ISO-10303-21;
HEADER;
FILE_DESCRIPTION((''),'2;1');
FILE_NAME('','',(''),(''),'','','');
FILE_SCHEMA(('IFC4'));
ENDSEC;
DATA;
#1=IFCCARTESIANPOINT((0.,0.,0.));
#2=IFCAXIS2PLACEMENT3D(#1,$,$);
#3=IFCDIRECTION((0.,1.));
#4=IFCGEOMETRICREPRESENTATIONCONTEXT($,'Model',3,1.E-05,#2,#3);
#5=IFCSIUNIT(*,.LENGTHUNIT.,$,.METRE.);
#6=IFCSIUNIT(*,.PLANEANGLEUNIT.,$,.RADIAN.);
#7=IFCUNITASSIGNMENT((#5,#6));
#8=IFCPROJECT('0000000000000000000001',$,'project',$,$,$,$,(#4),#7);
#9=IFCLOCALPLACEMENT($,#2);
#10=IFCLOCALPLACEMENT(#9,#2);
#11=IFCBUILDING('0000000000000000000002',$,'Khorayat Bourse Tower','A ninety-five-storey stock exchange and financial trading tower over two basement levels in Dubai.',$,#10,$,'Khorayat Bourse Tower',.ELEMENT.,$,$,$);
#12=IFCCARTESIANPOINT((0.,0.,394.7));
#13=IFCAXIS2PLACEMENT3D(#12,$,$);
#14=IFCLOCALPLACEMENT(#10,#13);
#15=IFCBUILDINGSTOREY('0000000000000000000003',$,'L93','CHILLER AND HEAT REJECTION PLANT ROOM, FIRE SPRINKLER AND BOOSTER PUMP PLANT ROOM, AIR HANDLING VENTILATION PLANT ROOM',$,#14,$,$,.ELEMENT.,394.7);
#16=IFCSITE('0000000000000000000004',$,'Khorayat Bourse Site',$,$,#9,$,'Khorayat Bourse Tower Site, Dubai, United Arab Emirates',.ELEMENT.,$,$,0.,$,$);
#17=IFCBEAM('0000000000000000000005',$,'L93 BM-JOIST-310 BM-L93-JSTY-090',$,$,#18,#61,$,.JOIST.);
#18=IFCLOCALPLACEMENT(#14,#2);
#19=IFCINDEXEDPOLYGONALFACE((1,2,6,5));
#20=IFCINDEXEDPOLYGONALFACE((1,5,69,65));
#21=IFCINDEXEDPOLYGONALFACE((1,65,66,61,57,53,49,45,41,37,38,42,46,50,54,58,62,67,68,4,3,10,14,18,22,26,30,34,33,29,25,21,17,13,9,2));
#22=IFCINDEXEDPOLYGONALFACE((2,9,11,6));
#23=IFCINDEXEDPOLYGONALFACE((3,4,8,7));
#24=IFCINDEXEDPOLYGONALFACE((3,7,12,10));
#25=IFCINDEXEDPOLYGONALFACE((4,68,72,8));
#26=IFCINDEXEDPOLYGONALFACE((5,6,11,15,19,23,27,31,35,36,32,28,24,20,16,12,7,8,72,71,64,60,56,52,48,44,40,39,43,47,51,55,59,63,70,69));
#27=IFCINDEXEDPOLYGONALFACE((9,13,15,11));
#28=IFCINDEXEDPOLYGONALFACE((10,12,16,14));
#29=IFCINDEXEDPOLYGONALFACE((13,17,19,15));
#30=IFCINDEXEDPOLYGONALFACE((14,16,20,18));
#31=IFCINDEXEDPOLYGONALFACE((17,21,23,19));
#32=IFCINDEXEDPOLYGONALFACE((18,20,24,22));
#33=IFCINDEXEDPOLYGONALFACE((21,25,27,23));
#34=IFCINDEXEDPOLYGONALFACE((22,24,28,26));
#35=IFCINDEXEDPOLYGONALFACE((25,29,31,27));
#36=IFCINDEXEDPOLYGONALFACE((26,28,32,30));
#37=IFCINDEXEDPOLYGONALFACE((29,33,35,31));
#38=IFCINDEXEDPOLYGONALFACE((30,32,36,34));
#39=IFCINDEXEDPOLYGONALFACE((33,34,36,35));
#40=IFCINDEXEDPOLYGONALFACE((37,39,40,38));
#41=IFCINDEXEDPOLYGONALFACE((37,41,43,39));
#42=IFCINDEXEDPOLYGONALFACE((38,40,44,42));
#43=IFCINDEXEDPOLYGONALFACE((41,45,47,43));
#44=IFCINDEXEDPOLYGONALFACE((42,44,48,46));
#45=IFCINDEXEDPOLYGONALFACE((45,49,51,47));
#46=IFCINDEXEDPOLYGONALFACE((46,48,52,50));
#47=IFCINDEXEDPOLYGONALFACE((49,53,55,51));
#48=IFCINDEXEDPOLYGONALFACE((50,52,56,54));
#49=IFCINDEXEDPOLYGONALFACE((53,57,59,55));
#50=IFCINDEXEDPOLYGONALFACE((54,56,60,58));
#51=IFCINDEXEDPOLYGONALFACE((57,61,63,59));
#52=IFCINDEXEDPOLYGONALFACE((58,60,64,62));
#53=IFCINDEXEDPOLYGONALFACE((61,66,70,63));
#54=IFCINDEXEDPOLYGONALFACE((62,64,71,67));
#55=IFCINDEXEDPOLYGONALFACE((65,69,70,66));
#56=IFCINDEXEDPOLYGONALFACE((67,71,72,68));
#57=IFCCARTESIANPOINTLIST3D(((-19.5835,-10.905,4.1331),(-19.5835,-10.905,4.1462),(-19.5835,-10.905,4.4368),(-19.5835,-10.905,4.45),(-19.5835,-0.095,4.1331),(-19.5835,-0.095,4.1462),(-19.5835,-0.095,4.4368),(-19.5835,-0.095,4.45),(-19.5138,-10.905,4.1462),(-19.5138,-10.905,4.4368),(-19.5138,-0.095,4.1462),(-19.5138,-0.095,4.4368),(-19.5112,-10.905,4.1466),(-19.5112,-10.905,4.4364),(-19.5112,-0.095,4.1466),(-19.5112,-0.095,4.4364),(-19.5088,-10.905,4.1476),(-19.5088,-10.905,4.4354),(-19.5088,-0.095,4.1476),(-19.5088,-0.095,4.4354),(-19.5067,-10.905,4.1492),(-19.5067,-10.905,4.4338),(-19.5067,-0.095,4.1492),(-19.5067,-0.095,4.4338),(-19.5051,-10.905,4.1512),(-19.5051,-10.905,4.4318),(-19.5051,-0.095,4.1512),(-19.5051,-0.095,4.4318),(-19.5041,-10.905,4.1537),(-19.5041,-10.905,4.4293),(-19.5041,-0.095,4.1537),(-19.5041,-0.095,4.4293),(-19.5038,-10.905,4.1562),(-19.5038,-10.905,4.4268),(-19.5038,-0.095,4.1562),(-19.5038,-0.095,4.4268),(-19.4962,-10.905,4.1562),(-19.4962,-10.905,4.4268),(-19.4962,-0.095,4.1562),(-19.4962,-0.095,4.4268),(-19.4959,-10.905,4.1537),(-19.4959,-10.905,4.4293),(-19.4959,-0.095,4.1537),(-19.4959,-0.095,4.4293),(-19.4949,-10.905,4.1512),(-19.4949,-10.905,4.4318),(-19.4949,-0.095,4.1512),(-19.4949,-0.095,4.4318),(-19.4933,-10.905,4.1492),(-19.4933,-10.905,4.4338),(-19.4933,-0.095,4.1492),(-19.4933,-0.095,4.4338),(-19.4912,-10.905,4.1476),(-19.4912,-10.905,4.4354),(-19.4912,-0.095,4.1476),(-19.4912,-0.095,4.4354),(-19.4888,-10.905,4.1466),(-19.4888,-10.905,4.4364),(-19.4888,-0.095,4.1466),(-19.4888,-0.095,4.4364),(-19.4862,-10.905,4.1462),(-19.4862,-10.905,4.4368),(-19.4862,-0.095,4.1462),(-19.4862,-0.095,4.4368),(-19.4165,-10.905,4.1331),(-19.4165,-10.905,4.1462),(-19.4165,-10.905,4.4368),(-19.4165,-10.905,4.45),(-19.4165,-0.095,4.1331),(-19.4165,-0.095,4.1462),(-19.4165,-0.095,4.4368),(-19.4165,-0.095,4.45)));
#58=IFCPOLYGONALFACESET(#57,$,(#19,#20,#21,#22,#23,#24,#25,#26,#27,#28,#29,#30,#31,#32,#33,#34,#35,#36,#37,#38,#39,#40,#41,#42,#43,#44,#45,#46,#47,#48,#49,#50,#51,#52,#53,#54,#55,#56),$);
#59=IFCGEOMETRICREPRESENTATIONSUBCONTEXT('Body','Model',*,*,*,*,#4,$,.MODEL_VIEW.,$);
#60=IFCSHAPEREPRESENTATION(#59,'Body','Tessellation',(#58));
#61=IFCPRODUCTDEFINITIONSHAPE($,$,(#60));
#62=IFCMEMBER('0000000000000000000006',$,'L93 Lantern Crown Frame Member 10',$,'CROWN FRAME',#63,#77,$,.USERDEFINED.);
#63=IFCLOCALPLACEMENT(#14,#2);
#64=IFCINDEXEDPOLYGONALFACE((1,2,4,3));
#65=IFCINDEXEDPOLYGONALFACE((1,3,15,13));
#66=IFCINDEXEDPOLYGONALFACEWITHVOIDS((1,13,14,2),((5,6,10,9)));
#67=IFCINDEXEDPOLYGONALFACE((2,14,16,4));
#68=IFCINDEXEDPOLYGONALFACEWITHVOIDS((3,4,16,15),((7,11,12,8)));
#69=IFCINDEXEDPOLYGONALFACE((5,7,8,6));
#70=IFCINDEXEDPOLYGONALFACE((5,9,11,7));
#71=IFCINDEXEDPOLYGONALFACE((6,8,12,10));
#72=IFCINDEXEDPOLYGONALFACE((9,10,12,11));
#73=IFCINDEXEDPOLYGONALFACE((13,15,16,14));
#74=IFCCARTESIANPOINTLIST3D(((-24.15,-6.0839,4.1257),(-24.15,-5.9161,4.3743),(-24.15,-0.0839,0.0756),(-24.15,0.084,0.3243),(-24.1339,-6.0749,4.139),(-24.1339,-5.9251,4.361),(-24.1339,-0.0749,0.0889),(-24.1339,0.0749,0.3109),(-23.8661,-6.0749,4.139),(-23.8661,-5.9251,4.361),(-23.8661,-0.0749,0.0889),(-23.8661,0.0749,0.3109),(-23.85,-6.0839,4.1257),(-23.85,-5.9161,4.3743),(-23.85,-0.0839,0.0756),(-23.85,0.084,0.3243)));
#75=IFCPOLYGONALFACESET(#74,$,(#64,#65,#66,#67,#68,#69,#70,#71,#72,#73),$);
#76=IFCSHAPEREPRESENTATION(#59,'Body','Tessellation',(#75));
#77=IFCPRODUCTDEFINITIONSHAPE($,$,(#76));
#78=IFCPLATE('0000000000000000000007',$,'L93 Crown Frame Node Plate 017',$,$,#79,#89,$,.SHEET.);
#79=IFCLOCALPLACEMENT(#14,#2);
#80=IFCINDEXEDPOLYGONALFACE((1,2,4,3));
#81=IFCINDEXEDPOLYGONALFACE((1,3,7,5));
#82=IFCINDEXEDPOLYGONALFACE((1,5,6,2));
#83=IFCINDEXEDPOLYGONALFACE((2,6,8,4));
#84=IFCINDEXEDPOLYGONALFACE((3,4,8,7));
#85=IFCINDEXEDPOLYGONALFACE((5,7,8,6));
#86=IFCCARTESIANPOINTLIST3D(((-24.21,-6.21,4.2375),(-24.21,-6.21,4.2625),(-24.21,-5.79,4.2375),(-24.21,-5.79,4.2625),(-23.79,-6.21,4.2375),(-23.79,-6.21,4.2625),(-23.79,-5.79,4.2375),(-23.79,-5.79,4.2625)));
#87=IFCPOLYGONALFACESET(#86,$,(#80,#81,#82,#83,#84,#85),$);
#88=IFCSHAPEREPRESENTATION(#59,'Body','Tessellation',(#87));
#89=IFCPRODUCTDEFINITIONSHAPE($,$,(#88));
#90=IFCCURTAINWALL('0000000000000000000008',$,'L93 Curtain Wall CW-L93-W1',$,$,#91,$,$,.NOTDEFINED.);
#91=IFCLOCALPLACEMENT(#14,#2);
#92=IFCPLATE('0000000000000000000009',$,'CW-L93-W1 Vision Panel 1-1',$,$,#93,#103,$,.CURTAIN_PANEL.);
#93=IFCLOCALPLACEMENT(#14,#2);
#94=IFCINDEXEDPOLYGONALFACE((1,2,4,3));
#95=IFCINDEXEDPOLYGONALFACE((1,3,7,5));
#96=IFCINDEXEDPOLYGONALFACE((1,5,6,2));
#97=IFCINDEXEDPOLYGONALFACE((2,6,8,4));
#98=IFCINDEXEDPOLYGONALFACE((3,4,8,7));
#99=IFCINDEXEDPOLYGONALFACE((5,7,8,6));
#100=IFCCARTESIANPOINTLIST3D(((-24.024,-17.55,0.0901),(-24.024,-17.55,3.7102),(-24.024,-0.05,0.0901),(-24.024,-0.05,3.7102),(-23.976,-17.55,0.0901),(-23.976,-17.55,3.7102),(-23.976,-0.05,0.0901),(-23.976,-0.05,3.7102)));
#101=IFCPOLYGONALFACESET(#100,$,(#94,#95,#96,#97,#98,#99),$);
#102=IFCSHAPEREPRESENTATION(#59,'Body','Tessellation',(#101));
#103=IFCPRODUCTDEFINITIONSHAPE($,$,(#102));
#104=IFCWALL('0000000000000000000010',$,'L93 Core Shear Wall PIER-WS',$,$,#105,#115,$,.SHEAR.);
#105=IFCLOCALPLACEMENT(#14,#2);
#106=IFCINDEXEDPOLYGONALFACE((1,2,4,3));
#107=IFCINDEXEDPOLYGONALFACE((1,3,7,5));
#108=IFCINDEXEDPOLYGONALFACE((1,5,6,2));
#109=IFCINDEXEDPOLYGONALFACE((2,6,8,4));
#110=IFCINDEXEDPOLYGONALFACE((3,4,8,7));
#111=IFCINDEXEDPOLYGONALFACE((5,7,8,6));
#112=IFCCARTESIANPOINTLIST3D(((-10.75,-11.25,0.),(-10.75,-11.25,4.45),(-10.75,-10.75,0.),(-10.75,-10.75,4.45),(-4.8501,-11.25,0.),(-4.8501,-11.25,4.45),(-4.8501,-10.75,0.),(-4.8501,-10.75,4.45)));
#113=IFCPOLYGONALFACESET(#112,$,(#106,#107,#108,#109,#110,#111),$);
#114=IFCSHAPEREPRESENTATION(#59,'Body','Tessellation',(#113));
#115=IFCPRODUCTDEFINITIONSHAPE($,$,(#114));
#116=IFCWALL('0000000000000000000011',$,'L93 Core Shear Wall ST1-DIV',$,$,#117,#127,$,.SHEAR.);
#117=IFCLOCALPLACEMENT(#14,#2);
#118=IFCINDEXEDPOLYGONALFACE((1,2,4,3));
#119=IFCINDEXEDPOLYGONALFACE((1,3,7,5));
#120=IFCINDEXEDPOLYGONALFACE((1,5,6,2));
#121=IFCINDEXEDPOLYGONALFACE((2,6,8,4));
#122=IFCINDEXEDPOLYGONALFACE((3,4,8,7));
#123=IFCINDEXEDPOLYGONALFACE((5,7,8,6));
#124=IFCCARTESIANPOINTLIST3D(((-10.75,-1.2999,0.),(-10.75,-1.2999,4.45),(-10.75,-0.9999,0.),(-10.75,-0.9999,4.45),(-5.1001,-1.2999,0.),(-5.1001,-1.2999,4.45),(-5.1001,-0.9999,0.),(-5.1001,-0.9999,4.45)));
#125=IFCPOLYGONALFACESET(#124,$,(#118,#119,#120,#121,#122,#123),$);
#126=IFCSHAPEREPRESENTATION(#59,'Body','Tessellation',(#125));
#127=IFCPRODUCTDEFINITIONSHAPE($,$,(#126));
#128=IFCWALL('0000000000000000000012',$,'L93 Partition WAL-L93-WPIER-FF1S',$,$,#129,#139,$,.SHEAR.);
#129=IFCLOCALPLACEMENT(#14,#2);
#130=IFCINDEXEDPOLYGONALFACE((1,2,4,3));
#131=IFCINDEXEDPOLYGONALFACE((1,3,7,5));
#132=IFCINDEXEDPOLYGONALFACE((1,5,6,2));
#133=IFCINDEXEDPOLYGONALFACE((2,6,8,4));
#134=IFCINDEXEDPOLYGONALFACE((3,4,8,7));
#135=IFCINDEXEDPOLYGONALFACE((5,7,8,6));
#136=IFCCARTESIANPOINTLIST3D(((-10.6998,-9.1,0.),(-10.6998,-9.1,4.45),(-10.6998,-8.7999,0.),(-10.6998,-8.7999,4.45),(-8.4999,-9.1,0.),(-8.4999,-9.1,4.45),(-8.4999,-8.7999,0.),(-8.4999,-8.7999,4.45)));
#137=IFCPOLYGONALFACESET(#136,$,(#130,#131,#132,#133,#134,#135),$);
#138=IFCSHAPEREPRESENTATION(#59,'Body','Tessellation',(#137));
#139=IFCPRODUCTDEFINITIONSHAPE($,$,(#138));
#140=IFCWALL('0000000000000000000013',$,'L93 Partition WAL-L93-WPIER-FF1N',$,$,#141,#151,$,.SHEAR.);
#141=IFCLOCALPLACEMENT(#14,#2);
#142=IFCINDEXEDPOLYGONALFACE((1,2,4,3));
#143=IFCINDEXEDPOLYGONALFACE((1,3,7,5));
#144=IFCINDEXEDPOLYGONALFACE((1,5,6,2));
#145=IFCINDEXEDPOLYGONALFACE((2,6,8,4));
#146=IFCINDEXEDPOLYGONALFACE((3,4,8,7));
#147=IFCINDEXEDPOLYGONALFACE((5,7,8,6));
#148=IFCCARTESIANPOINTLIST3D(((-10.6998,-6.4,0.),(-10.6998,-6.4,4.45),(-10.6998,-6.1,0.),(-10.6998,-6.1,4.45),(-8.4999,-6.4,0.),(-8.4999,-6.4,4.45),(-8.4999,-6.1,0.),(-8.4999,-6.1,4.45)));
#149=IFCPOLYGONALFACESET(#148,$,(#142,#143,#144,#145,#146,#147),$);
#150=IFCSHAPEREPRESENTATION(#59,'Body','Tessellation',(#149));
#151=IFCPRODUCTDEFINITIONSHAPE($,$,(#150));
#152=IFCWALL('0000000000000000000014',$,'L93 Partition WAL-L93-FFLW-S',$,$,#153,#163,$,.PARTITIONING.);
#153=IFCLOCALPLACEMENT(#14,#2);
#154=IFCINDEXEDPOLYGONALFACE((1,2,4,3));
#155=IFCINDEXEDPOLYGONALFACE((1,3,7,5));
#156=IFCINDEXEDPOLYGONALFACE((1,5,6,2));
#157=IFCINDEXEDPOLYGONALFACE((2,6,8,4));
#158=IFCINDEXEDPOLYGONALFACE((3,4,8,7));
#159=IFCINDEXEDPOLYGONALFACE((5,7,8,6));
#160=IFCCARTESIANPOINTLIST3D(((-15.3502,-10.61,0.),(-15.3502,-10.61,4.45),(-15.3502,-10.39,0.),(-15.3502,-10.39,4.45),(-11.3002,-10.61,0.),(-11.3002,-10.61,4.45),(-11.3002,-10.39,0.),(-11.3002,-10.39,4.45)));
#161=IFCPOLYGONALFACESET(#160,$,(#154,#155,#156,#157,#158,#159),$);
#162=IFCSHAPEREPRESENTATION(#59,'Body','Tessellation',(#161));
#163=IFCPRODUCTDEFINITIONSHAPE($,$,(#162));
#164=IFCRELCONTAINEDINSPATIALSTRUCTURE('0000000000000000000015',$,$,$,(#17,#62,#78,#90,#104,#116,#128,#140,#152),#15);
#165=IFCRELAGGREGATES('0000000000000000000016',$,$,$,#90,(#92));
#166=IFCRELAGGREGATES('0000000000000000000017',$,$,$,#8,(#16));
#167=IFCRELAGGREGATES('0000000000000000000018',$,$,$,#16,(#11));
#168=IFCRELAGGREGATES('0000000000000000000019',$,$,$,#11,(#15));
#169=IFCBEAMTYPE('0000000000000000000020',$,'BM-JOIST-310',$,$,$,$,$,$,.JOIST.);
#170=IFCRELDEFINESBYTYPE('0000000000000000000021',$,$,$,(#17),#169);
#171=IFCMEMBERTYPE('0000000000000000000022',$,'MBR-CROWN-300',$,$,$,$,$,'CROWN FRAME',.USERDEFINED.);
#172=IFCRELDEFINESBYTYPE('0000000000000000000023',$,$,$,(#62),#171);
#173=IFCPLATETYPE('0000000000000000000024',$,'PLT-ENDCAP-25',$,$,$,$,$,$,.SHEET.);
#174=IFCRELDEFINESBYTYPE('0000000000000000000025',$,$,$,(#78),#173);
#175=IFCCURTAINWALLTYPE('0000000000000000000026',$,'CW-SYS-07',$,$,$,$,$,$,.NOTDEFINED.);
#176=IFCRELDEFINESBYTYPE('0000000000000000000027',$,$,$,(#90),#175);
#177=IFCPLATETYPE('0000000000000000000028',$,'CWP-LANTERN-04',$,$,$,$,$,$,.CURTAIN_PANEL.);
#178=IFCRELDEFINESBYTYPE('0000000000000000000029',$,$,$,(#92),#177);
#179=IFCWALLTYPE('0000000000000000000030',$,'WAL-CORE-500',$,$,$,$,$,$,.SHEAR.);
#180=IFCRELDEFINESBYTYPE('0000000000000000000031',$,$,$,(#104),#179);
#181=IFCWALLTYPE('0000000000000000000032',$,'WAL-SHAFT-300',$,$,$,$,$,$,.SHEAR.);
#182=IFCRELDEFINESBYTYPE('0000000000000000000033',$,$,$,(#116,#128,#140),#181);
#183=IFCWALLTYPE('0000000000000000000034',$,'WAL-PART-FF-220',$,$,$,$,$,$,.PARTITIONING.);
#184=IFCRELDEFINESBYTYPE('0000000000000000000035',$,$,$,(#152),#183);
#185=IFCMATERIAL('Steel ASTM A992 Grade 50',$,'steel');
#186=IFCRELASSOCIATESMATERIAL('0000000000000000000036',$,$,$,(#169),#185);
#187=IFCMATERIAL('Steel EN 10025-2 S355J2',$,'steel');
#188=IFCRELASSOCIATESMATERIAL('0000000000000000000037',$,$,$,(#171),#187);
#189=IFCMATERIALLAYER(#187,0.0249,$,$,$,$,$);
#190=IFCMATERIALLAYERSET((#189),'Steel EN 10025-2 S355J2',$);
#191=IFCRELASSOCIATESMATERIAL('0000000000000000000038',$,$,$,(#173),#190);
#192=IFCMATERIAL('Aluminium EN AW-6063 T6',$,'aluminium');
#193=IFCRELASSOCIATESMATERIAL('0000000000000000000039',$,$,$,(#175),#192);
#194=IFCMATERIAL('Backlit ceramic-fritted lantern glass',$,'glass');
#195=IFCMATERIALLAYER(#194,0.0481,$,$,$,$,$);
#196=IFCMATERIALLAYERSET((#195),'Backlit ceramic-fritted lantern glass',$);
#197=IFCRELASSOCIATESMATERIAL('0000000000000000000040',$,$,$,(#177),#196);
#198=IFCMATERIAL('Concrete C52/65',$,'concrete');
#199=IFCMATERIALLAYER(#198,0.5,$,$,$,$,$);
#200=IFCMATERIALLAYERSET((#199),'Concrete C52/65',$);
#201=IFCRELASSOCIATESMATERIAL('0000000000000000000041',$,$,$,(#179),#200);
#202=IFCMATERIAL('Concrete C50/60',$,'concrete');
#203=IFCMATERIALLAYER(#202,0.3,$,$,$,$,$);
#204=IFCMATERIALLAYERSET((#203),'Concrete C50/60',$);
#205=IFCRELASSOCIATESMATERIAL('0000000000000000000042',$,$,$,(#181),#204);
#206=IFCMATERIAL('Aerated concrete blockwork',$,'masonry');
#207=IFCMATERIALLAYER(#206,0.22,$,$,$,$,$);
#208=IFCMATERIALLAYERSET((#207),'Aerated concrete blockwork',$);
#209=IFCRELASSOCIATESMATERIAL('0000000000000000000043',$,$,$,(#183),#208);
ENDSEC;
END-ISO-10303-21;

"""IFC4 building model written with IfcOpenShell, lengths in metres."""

from ifc_helpers import new_model, si_unit, direction, frame, frame_2d, origin, origin_2d, place, context, subcontext, project, spatial, rectangle, hollow_rectangle, i_section, extrude, source, transform, mapped, material, layer, layer_set, material_profile, profile_set, type_object, element, aggregate, save


model = new_model("IFC4")

# Units and contexts
model_context = context("Model", 3, precision=1e-05, world=origin(), true_north=direction((0.0, 1.0)))
body_context = subcontext(model_context, "Body", "Model", "MODEL_VIEW")
ifc_project = project(units=[si_unit("LENGTHUNIT", "METRE"), si_unit("PLANEANGLEUNIT", "RADIAN")], contexts=[model_context])

# Site, building, storey
site_placement = place(None, origin())
site = spatial("IfcSite", under=ifc_project, at=site_placement, Name="Khorayat Bourse Site", LongName="Khorayat Bourse Tower Site, Dubai, United Arab Emirates", CompositionType="ELEMENT", RefElevation=0.0)
building_placement = place(site_placement, origin())
building = spatial("IfcBuilding", under=site, at=building_placement, Name="Khorayat Bourse Tower", Description="A ninety-five-storey stock exchange and financial trading tower over two basement levels in Dubai.", LongName="Khorayat Bourse Tower", CompositionType="ELEMENT")
storey_placement = place(building_placement, frame((0.0, 0.0, 394.7)))
storey = spatial("IfcBuildingStorey", under=building, at=storey_placement, Name="L93", Description="CHILLER AND HEAT REJECTION PLANT ROOM, FIRE SPRINKLER AND BOOSTER PUMP PLANT ROOM, AIR HANDLING VENTILATION PLANT ROOM", CompositionType="ELEMENT", Elevation=394.7)

# Shared definitions
ifc_material_1 = material(Name="Concrete C52/65", Category="concrete")
ifc_material_2 = material(Name="Steel EN 10025-2 S355J2", Category="steel")

# Beam
ifc_material_3 = material(Name="Steel ASTM A992 Grade 50", Category="steel")
ifc_material_profile_1 = material_profile(ifc_material_3, i_section(OverallWidth=0.167, OverallDepth=0.3169, WebThickness=0.0076, FlangeThickness=0.0132, FilletRadius=0.01, at=origin_2d()), Name="W310X52")
ifc_profile_set_1 = profile_set([ifc_material_profile_1], Name="Steel ASTM A992 Grade 50")
beam_type_1 = type_object("IfcBeamType", Name="BM-JOIST-310", PredefinedType="JOIST", material=ifc_profile_set_1)
shared_shape_1 = source(origin(), body_context, "Body", "SweptSolid", [
    extrude(i_section(OverallWidth=0.167, OverallDepth=0.3169, WebThickness=0.0076, FlangeThickness=0.0132, FilletRadius=0.01, at=origin_2d()), origin(), (0.0, 0.0, 1.0), 10.8101),
])
beam_1_placement = place(storey_placement, frame((-19.5, -10.905, 4.2915), z_axis=(0.0, 1.0, 0.0), x_axis=(-1.0, 0.0, 0.0)))
element("IfcBeam", 1, at=beam_1_placement, inside=storey, type_object=beam_type_1, Name="L93 BM-JOIST-310 BM-L93-JSTY-090", PredefinedType="JOIST", context=body_context, shape_type="MappedRepresentation", body=[
    mapped(shared_shape_1, transform((0.0, 0.0, 0.0), scale=1.0)),
])

# Member
ifc_material_profile_2 = material_profile(ifc_material_2, hollow_rectangle(XDim=0.3, YDim=0.3, WallThickness=0.0161, at=origin_2d()), Name="HSS 300x300x16")
ifc_profile_set_2 = profile_set([ifc_material_profile_2], Name="Steel EN 10025-2 S355J2")
member_type = type_object("IfcMemberType", Name="MBR-CROWN-300", ElementType="CROWN FRAME", PredefinedType="USERDEFINED", material=ifc_profile_set_2)
shared_shape_2 = source(origin(), body_context, "Body", "SweptSolid", [
    extrude(hollow_rectangle(XDim=0.3, YDim=0.3, WallThickness=0.0161, at=origin_2d()), origin(), (0.0, 0.0, 1.0), 7.239),
])
member_placement = place(storey_placement, frame((-24.0, -6.0, 4.25), z_axis=(0.0, 0.828846, -0.559477), x_axis=(-1.0, 0.0, 0.0)))
element("IfcMember", 2, at=member_placement, inside=storey, type_object=member_type, Name="L93 Lantern Crown Frame Member 10", ObjectType="CROWN FRAME", PredefinedType="USERDEFINED", context=body_context, shape_type="MappedRepresentation", body=[
    mapped(shared_shape_2, transform((0.0, 0.0, 0.0), scale=1.0)),
])

# Plate
ifc_layer_1 = layer(ifc_material_2, 0.0249)
ifc_layer_set_1 = layer_set([ifc_layer_1], Name="Steel EN 10025-2 S355J2")
plate_type_1 = type_object("IfcPlateType", Name="PLT-ENDCAP-25", PredefinedType="SHEET", material=ifc_layer_set_1)
shared_shape_3 = source(origin(), body_context, "Body", "SweptSolid", [
    extrude(rectangle(XDim=0.4199, YDim=0.4199, at=origin_2d()), origin(), (0.0, 0.0, 1.0), 0.0249),
])
plate_1_placement = place(storey_placement, frame((-24.0, -6.0, 4.2375), z_axis=(0.0, 0.0, 1.0), x_axis=(1.0, 0.0, 0.0)))
element("IfcPlate", 3, at=plate_1_placement, inside=storey, type_object=plate_type_1, Name="L93 Crown Frame Node Plate 017", PredefinedType="SHEET", context=body_context, shape_type="MappedRepresentation", body=[
    mapped(shared_shape_3, transform((0.0, 0.0, 0.0), scale=1.0)),
])

# Curtain wall, plate
ifc_material_4 = material(Name="Aluminium EN AW-6063 T6", Category="aluminium")
curtain_wall_type = type_object("IfcCurtainWallType", Name="CW-SYS-07", PredefinedType="NOTDEFINED", material=ifc_material_4)
curtain_wall_placement = place(storey_placement, origin())
curtain_wall = element("IfcCurtainWall", 4, at=curtain_wall_placement, inside=storey, type_object=curtain_wall_type, Name="L93 Curtain Wall CW-L93-W1", PredefinedType="NOTDEFINED")
ifc_material_5 = material(Name="Backlit ceramic-fritted lantern glass", Category="glass")
ifc_layer_2 = layer(ifc_material_5, 0.0481)
ifc_layer_set_2 = layer_set([ifc_layer_2], Name="Backlit ceramic-fritted lantern glass")
plate_type_2 = type_object("IfcPlateType", Name="CWP-LANTERN-04", PredefinedType="CURTAIN_PANEL", material=ifc_layer_set_2)
shared_shape_4 = source(origin(), body_context, "Body", "SweptSolid", [
    extrude(rectangle(XDim=17.5, YDim=0.0481, at=origin_2d()), origin(), (0.0, 0.0, 1.0), 3.6201),
])
plate_2_placement = place(storey_placement, frame((-24.0, -8.8, 0.0901), z_axis=(0.0, 0.0, 1.0), x_axis=(0.0, 1.0, 0.0)))
plate_2 = element("IfcPlate", 5, at=plate_2_placement, type_object=plate_type_2, Name="CW-L93-W1 Vision Panel 1-1", PredefinedType="CURTAIN_PANEL", context=body_context, shape_type="MappedRepresentation", body=[
    mapped(shared_shape_4, transform((0.0, 0.0, 0.0), scale=1.0)),
])
aggregate(curtain_wall, [plate_2])

# Walls
ifc_layer_3 = layer(ifc_material_1, 0.5)
ifc_layer_set_3 = layer_set([ifc_layer_3], Name="Concrete C52/65")
wall_type_1 = type_object("IfcWallType", Name="WAL-CORE-500", PredefinedType="SHEAR", material=ifc_layer_set_3)
shared_shape_5 = source(origin(), body_context, "Body", "SweptSolid", [
    extrude(rectangle(XDim=5.8999, YDim=0.5, at=frame_2d((2.95, 0.0))), origin(), (0.0, 0.0, 1.0), 4.45),
])
wall_1_placement = place(storey_placement, frame((-10.75, -11.0, 0.0), z_axis=(0.0, 0.0, 1.0), x_axis=(1.0, 0.0, 0.0)))
element("IfcWall", 6, at=wall_1_placement, inside=storey, type_object=wall_type_1, Name="L93 Core Shear Wall PIER-WS", PredefinedType="SHEAR", context=body_context, shape_type="MappedRepresentation", body=[
    mapped(shared_shape_5, transform((0.0, 0.0, 0.0), scale=1.0)),
])
ifc_material_6 = material(Name="Concrete C50/60", Category="concrete")
ifc_layer_4 = layer(ifc_material_6, 0.3)
ifc_layer_set_4 = layer_set([ifc_layer_4], Name="Concrete C50/60")
wall_type_2 = type_object("IfcWallType", Name="WAL-SHAFT-300", PredefinedType="SHEAR", material=ifc_layer_set_4)
shared_shape_6 = source(origin(), body_context, "Body", "SweptSolid", [
    extrude(rectangle(XDim=5.6499, YDim=0.3, at=frame_2d((2.825, 0.0))), origin(), (0.0, 0.0, 1.0), 4.45),
])
wall_2_placement = place(storey_placement, frame((-10.75, -1.1499, 0.0), z_axis=(0.0, 0.0, 1.0), x_axis=(1.0, 0.0, 0.0)))
element("IfcWall", 7, at=wall_2_placement, inside=storey, type_object=wall_type_2, Name="L93 Core Shear Wall ST1-DIV", PredefinedType="SHEAR", context=body_context, shape_type="MappedRepresentation", body=[
    mapped(shared_shape_6, transform((0.0, 0.0, 0.0), scale=1.0)),
])
shared_shape_7 = source(origin(), body_context, "Body", "SweptSolid", [
    extrude(rectangle(XDim=2.2, YDim=0.3, at=frame_2d((1.1001, 0.0))), origin(), (0.0, 0.0, 1.0), 4.45),
])
for number, where, z_axis, x_axis, name in (
    (8, (-10.7, -8.95, 0.0), (0.0, 0.0, 1.0), (1.0, 0.0, 0.0), "L93 Partition WAL-L93-WPIER-FF1S"),
    (9, (-10.7, -6.25, 0.0), (0.0, 0.0, 1.0), (1.0, 0.0, 0.0), "L93 Partition WAL-L93-WPIER-FF1N"),
):
    element("IfcWall", number, at=place(storey_placement, frame(where, z_axis=z_axis, x_axis=x_axis)), inside=storey, type_object=wall_type_2, Name=name, PredefinedType="SHEAR", context=body_context, shape_type="MappedRepresentation", body=[
        mapped(shared_shape_7, transform((0.0, 0.0, 0.0), scale=1.0)),
    ])
ifc_material_7 = material(Name="Aerated concrete blockwork", Category="masonry")
ifc_layer_5 = layer(ifc_material_7, 0.22)
ifc_layer_set_5 = layer_set([ifc_layer_5], Name="Aerated concrete blockwork")
wall_type_3 = type_object("IfcWallType", Name="WAL-PART-FF-220", PredefinedType="PARTITIONING", material=ifc_layer_set_5)
shared_shape_8 = source(origin(), body_context, "Body", "SweptSolid", [
    extrude(rectangle(XDim=4.05, YDim=0.22, at=frame_2d((2.0249, 0.0))), origin(), (0.0, 0.0, 1.0), 4.45),
])
wall_3_placement = place(storey_placement, frame((-15.3501, -10.5, 0.0), z_axis=(0.0, 0.0, 1.0), x_axis=(1.0, 0.0, 0.0)))
element("IfcWall", 10, at=wall_3_placement, inside=storey, type_object=wall_type_3, Name="L93 Partition WAL-L93-FFLW-S", PredefinedType="PARTITIONING", context=body_context, shape_type="MappedRepresentation", body=[
    mapped(shared_shape_8, transform((0.0, 0.0, 0.0), scale=1.0)),
])

save(model, "model.ifc")
